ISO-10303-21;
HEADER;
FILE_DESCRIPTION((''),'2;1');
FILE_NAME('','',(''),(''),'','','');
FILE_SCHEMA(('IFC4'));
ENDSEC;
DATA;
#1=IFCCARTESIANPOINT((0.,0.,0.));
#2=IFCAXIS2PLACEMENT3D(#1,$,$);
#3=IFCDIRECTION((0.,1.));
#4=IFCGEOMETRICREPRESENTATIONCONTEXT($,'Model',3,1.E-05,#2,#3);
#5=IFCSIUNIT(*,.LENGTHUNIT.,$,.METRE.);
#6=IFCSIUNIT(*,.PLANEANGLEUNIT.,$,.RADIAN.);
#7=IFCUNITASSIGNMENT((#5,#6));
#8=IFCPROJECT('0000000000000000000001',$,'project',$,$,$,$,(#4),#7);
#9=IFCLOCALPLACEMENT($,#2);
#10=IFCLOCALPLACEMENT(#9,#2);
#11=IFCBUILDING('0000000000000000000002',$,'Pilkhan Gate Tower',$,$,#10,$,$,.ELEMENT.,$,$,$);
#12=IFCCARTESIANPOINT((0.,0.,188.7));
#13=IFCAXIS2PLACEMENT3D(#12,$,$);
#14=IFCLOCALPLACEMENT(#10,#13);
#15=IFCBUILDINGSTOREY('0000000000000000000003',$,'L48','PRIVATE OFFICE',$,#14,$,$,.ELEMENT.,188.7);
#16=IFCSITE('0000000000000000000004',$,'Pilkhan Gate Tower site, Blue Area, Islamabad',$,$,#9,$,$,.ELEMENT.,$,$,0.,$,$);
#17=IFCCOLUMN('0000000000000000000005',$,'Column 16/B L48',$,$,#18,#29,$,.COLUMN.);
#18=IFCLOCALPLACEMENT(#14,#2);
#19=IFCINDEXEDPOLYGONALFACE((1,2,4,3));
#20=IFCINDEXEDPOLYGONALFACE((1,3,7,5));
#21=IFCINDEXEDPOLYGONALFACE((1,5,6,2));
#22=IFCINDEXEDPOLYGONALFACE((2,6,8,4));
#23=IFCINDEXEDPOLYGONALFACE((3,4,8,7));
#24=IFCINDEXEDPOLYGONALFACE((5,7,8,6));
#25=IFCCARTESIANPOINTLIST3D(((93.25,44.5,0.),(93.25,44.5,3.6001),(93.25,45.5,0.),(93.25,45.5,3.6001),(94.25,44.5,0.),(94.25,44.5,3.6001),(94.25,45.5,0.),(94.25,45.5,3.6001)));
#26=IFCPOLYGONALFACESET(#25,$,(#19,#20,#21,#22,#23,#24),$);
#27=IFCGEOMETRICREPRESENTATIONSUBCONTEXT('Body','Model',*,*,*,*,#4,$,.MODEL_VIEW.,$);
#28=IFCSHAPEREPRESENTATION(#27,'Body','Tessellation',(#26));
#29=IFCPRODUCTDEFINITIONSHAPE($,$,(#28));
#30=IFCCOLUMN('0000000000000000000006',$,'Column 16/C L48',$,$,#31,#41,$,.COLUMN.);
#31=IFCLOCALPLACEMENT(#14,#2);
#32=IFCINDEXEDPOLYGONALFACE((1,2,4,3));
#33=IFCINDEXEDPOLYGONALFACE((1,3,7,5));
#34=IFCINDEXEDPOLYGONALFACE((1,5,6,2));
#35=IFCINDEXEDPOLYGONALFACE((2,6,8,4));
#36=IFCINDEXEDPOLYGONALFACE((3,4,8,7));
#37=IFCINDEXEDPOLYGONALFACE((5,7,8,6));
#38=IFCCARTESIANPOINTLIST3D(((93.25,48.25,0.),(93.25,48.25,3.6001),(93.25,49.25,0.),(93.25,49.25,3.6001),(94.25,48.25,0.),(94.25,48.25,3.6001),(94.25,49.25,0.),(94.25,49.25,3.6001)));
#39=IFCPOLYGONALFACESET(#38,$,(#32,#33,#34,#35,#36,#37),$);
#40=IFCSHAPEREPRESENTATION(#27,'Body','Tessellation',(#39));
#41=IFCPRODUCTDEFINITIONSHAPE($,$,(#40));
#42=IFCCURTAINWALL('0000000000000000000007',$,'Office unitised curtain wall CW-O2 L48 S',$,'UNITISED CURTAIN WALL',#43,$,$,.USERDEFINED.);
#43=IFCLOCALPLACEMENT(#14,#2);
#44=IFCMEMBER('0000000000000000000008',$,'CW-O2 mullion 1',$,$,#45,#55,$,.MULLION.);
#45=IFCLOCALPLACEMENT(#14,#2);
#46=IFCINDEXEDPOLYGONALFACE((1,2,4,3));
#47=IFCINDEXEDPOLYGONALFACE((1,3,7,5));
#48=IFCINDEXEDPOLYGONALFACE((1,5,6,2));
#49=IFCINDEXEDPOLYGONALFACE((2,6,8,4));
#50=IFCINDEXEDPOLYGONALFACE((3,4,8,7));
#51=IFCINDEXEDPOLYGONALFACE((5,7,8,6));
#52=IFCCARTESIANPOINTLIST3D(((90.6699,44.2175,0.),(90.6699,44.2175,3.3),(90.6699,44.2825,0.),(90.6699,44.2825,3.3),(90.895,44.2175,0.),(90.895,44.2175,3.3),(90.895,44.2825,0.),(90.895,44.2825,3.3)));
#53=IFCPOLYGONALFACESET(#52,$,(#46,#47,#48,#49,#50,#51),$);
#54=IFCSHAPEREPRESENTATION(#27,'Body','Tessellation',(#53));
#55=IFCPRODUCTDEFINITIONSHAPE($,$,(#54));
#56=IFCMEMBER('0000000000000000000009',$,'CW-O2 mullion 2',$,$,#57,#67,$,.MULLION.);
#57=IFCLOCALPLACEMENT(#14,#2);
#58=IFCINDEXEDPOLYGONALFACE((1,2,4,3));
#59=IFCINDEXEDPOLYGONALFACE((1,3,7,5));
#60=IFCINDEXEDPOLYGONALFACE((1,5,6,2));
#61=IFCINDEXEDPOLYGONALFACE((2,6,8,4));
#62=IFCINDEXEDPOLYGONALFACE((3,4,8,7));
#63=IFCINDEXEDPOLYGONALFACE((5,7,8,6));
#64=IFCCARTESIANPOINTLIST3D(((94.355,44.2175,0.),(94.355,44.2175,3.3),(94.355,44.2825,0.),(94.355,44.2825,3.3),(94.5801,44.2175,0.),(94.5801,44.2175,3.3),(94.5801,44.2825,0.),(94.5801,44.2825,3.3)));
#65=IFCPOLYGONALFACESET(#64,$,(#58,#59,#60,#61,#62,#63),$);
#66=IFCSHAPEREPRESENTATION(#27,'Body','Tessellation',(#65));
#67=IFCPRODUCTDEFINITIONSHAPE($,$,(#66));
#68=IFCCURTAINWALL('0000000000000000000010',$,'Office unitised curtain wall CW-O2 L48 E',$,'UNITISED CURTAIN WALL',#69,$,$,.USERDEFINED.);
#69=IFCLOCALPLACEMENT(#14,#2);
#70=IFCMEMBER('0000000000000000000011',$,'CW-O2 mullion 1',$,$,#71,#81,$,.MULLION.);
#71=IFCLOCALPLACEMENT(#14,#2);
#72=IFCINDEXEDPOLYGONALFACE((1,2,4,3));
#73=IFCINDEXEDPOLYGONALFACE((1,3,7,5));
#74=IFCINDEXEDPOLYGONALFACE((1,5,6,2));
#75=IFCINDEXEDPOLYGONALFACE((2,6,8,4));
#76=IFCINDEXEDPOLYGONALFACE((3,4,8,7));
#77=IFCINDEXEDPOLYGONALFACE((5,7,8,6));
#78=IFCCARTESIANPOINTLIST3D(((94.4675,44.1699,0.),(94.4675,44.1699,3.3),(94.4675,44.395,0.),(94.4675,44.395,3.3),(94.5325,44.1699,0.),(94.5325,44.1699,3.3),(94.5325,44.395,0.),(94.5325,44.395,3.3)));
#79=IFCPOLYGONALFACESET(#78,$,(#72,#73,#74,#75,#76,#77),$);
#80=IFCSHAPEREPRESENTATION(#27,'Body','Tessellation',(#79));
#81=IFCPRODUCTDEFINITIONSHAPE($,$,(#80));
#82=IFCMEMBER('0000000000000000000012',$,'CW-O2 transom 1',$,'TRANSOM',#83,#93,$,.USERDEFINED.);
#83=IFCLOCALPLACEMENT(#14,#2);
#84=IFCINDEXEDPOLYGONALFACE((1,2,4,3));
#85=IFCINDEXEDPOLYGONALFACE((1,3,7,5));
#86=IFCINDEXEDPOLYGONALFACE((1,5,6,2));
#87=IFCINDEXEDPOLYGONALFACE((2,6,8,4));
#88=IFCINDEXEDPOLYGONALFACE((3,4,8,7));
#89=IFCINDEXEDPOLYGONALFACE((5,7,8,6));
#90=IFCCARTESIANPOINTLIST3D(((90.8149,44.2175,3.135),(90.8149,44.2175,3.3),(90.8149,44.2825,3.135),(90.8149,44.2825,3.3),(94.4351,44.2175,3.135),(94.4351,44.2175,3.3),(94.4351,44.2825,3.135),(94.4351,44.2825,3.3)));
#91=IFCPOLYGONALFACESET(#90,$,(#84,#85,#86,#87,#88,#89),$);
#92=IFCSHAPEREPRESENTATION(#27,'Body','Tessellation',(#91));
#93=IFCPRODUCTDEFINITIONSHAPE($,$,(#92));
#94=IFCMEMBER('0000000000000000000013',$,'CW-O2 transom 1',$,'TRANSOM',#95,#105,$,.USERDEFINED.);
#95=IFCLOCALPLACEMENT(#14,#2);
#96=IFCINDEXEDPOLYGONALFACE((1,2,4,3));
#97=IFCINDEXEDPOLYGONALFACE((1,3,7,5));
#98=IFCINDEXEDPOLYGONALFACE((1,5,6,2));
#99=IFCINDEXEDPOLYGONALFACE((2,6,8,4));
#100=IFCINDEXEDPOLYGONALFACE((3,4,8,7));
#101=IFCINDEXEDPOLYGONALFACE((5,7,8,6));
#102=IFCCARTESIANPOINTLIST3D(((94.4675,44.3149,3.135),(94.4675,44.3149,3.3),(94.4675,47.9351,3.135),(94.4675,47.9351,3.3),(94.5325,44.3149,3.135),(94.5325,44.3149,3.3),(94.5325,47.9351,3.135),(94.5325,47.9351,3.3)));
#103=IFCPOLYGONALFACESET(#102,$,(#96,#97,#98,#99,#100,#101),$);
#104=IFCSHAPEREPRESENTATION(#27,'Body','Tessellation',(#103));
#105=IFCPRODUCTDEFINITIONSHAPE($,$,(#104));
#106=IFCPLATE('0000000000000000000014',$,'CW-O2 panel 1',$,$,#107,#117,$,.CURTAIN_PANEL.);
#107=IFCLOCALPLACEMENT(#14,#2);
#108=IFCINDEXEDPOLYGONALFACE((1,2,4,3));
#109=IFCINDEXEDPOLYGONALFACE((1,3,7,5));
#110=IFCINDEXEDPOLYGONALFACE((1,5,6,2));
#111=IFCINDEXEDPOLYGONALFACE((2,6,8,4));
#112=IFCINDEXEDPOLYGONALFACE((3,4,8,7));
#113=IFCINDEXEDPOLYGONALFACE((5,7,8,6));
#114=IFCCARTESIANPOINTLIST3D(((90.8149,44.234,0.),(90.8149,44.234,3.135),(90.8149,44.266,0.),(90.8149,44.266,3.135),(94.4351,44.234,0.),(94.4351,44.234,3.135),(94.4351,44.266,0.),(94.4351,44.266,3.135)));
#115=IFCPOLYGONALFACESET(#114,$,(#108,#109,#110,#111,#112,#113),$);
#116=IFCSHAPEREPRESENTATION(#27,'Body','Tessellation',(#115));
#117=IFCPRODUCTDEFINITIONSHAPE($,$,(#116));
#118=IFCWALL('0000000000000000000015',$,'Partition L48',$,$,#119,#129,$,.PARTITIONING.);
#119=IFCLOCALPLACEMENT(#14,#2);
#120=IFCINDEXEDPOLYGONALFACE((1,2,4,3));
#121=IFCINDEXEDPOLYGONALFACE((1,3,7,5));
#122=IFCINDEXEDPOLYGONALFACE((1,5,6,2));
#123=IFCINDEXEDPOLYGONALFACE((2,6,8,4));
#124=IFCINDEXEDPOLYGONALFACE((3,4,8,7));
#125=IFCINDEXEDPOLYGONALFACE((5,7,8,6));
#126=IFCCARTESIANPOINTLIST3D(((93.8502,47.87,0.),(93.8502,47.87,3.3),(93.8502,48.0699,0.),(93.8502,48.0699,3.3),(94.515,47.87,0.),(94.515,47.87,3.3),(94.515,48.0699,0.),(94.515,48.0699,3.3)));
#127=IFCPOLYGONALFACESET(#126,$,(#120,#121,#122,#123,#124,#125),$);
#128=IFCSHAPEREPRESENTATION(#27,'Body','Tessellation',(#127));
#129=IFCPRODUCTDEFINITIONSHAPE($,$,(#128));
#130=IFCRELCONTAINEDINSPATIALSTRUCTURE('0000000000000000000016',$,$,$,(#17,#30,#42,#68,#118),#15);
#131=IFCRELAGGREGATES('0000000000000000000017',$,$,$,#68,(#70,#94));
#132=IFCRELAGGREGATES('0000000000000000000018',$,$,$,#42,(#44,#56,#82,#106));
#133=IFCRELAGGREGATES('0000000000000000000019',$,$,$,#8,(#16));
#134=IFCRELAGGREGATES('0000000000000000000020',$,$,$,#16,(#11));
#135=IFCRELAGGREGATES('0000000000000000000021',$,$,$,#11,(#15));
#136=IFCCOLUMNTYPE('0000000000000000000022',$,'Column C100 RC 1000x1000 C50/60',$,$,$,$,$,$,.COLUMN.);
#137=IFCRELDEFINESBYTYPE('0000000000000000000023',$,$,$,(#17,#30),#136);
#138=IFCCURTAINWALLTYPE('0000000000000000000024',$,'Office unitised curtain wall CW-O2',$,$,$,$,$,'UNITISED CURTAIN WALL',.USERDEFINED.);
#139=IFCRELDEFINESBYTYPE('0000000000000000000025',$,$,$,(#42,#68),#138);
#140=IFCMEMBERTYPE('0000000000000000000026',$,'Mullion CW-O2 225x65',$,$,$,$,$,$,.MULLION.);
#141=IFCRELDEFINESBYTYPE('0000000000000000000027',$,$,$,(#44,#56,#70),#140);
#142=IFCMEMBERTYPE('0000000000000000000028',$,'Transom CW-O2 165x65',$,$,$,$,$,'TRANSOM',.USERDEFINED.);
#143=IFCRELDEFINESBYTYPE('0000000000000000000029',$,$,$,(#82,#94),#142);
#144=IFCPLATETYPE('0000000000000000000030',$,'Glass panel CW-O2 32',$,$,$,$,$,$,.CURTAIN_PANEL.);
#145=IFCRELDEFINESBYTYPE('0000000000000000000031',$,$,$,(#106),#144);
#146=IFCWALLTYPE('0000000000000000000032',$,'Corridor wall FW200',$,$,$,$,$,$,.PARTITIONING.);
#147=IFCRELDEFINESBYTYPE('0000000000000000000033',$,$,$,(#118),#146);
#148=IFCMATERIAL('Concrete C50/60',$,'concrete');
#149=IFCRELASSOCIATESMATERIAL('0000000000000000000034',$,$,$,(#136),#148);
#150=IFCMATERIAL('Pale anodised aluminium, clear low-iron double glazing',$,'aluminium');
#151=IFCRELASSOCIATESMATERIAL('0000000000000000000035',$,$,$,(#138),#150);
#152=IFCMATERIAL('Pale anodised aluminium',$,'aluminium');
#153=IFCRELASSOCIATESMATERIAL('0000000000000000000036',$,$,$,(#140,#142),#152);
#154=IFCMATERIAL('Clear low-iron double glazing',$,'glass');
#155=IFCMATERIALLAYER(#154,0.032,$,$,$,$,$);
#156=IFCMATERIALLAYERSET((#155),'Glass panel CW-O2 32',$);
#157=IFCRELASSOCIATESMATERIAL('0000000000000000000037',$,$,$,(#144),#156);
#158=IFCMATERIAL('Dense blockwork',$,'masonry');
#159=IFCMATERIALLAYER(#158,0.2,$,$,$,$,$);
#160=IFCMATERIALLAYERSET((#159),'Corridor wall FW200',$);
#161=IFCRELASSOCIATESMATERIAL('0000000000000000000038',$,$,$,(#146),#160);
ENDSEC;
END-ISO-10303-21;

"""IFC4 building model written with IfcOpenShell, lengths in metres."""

from ifc_helpers import new_model, si_unit, direction, frame, frame_2d, origin, origin_2d, place, context, subcontext, project, spatial, rectangle, extrude, material, layer, layer_set, material_profile, profile_set, type_object, element, aggregate, save


model = new_model("IFC4")

# Units and contexts
model_context = context("Model", 3, precision=1e-05, world=origin(), true_north=direction((0.0, 1.0)))
body_context = subcontext(model_context, "Body", "Model", "MODEL_VIEW")
ifc_project = project(units=[si_unit("LENGTHUNIT", "METRE"), si_unit("PLANEANGLEUNIT", "RADIAN")], contexts=[model_context])

# Site, building, storey
site_placement = place(None, origin())
site = spatial("IfcSite", under=ifc_project, at=site_placement, Name="Pilkhan Gate Tower site, Blue Area, Islamabad", CompositionType="ELEMENT", RefElevation=0.0)
building_placement = place(site_placement, origin())
building = spatial("IfcBuilding", under=site, at=building_placement, Name="Pilkhan Gate Tower", CompositionType="ELEMENT")
storey_placement = place(building_placement, frame((0.0, 0.0, 188.7)))
storey = spatial("IfcBuildingStorey", under=building, at=storey_placement, Name="L48", Description="PRIVATE OFFICE", CompositionType="ELEMENT", Elevation=188.7)

# Columns
ifc_material_1 = material(Name="Concrete C50/60", Category="concrete")
ifc_material_profile_1 = material_profile(ifc_material_1, rectangle(XDim=1.0, YDim=1.0, at=origin_2d()), Name="RC 1000x1000")
ifc_profile_set_1 = profile_set([ifc_material_profile_1], Name="Concrete C50/60")
column_type = type_object("IfcColumnType", Name="Column C100 RC 1000x1000 C50/60", PredefinedType="COLUMN", material=ifc_profile_set_1)
for number, where, z_axis, x_axis, name in (
    (1, (93.75, 45.0, 0.0), (0.0, 0.0, 1.0), (1.0, 0.0, 0.0), "Column 16/B L48"),
    (2, (93.75, 48.75, 0.0), (0.0, 0.0, 1.0), (1.0, 0.0, 0.0), "Column 16/C L48"),
):
    element("IfcColumn", number, at=place(storey_placement, frame(where, z_axis=z_axis, x_axis=x_axis)), inside=storey, type_object=column_type, Name=name, PredefinedType="COLUMN", context=body_context, shape_type="SweptSolid", body=[
        extrude(rectangle(XDim=1.0, YDim=1.0, at=origin_2d()), origin(), (0.0, 0.0, 1.0), 3.6001),
    ])

# Curtain wall, members
ifc_material_2 = material(Name="Pale anodised aluminium, clear low-iron double glazing", Category="aluminium")
curtain_wall_type = type_object("IfcCurtainWallType", Name="Office unitised curtain wall CW-O2", ElementType="UNITISED CURTAIN WALL", PredefinedType="USERDEFINED", material=ifc_material_2)
curtain_wall_1_placement = place(storey_placement, origin())
curtain_wall_1 = element("IfcCurtainWall", 3, at=curtain_wall_1_placement, inside=storey, type_object=curtain_wall_type, Name="Office unitised curtain wall CW-O2 L48 S", ObjectType="UNITISED CURTAIN WALL", PredefinedType="USERDEFINED")
ifc_material_3 = material(Name="Pale anodised aluminium", Category="aluminium")
ifc_material_profile_2 = material_profile(ifc_material_3, rectangle(XDim=0.0649, YDim=0.2251, at=origin_2d()), Name="Mullion 225x65")
ifc_profile_set_2 = profile_set([ifc_material_profile_2], Name="Pale anodised aluminium")
member_type_1 = type_object("IfcMemberType", Name="Mullion CW-O2 225x65", PredefinedType="MULLION", material=ifc_profile_set_2)
member_1_placement = place(storey_placement, frame((90.7825, 44.25, 0.0), z_axis=(0.0, 0.0, 1.0), x_axis=(0.0, 1.0, 0.0)))
member_1 = element("IfcMember", 4, at=member_1_placement, type_object=member_type_1, Name="CW-O2 mullion 1", PredefinedType="MULLION", context=body_context, shape_type="SweptSolid", body=[
    extrude(rectangle(XDim=0.0649, YDim=0.2251, at=origin_2d()), origin(), (0.0, 0.0, 1.0), 3.3),
])
member_2_placement = place(storey_placement, frame((94.4675, 44.25, 0.0), z_axis=(0.0, 0.0, 1.0), x_axis=(0.0, 1.0, 0.0)))
member_2 = element("IfcMember", 5, at=member_2_placement, type_object=member_type_1, Name="CW-O2 mullion 2", PredefinedType="MULLION", context=body_context, shape_type="SweptSolid", body=[
    extrude(rectangle(XDim=0.0649, YDim=0.2251, at=origin_2d()), origin(), (0.0, 0.0, 1.0), 3.3),
])

# Curtain wall, member
curtain_wall_2_placement = place(storey_placement, origin())
curtain_wall_2 = element("IfcCurtainWall", 6, at=curtain_wall_2_placement, inside=storey, type_object=curtain_wall_type, Name="Office unitised curtain wall CW-O2 L48 E", ObjectType="UNITISED CURTAIN WALL", PredefinedType="USERDEFINED")
member_3_placement = place(storey_placement, frame((94.5, 44.2825, 0.0), z_axis=(0.0, 0.0, 1.0), x_axis=(-1.0, 0.0, 0.0)))
member_3 = element("IfcMember", 7, at=member_3_placement, type_object=member_type_1, Name="CW-O2 mullion 1", PredefinedType="MULLION", context=body_context, shape_type="SweptSolid", body=[
    extrude(rectangle(XDim=0.0649, YDim=0.2251, at=origin_2d()), origin(), (0.0, 0.0, 1.0), 3.3),
])

# Members
ifc_material_profile_3 = material_profile(ifc_material_3, rectangle(XDim=0.0649, YDim=0.165, at=origin_2d()), Name="Transom 165x65")
ifc_profile_set_3 = profile_set([ifc_material_profile_3], Name="Pale anodised aluminium")
member_type_2 = type_object("IfcMemberType", Name="Transom CW-O2 165x65", ElementType="TRANSOM", PredefinedType="USERDEFINED", material=ifc_profile_set_3)
member_4_placement = place(storey_placement, frame((90.8149, 44.25, 3.2175), z_axis=(1.0, 0.0, 0.0), x_axis=(0.0, 1.0, 0.0)))
member_4 = element("IfcMember", 8, at=member_4_placement, type_object=member_type_2, Name="CW-O2 transom 1", ObjectType="TRANSOM", PredefinedType="USERDEFINED", context=body_context, shape_type="SweptSolid", body=[
    extrude(rectangle(XDim=0.0649, YDim=0.165, at=origin_2d()), origin(), (0.0, 0.0, 1.0), 3.6201),
])
member_5_placement = place(storey_placement, frame((94.5, 44.3149, 3.2175), z_axis=(0.0, 1.0, 0.0), x_axis=(-1.0, 0.0, 0.0)))
member_5 = element("IfcMember", 9, at=member_5_placement, type_object=member_type_2, Name="CW-O2 transom 1", ObjectType="TRANSOM", PredefinedType="USERDEFINED", context=body_context, shape_type="SweptSolid", body=[
    extrude(rectangle(XDim=0.0649, YDim=0.165, at=origin_2d()), origin(), (0.0, 0.0, 1.0), 3.6201),
])
aggregate(curtain_wall_2, [member_3, member_5])

# Plate
ifc_material_4 = material(Name="Clear low-iron double glazing", Category="glass")
ifc_layer_1 = layer(ifc_material_4, 0.032)
ifc_layer_set_1 = layer_set([ifc_layer_1], Name="Glass panel CW-O2 32")
plate_type = type_object("IfcPlateType", Name="Glass panel CW-O2 32", PredefinedType="CURTAIN_PANEL", material=ifc_layer_set_1)
plate_placement = place(storey_placement, frame((92.625, 44.25, 0.0), z_axis=(0.0, 0.0, 1.0), x_axis=(1.0, 0.0, 0.0)))
plate = element("IfcPlate", 10, at=plate_placement, type_object=plate_type, Name="CW-O2 panel 1", PredefinedType="CURTAIN_PANEL", context=body_context, shape_type="SweptSolid", body=[
    extrude(rectangle(XDim=3.6201, YDim=0.032, at=origin_2d()), origin(), (0.0, 0.0, 1.0), 3.135),
])
aggregate(curtain_wall_1, [member_1, member_2, member_4, plate])

# Wall
ifc_material_5 = material(Name="Dense blockwork", Category="masonry")
ifc_layer_2 = layer(ifc_material_5, 0.2)
ifc_layer_set_2 = layer_set([ifc_layer_2], Name="Corridor wall FW200")
wall_type = type_object("IfcWallType", Name="Corridor wall FW200", PredefinedType="PARTITIONING", material=ifc_layer_set_2)
wall_1_placement = place(storey_placement, frame((93.8501, 47.97, 0.0), z_axis=(0.0, 0.0, 1.0), x_axis=(1.0, 0.0, 0.0)))
element("IfcWall", 11, at=wall_1_placement, inside=storey, type_object=wall_type, Name="Partition L48", PredefinedType="PARTITIONING", context=body_context, shape_type="SweptSolid", body=[
    extrude(rectangle(XDim=0.6648, YDim=0.2, at=frame_2d((0.3325, 0.0))), origin(), (0.0, 0.0, 1.0), 3.3),
])

save(model, "model.ifc")
